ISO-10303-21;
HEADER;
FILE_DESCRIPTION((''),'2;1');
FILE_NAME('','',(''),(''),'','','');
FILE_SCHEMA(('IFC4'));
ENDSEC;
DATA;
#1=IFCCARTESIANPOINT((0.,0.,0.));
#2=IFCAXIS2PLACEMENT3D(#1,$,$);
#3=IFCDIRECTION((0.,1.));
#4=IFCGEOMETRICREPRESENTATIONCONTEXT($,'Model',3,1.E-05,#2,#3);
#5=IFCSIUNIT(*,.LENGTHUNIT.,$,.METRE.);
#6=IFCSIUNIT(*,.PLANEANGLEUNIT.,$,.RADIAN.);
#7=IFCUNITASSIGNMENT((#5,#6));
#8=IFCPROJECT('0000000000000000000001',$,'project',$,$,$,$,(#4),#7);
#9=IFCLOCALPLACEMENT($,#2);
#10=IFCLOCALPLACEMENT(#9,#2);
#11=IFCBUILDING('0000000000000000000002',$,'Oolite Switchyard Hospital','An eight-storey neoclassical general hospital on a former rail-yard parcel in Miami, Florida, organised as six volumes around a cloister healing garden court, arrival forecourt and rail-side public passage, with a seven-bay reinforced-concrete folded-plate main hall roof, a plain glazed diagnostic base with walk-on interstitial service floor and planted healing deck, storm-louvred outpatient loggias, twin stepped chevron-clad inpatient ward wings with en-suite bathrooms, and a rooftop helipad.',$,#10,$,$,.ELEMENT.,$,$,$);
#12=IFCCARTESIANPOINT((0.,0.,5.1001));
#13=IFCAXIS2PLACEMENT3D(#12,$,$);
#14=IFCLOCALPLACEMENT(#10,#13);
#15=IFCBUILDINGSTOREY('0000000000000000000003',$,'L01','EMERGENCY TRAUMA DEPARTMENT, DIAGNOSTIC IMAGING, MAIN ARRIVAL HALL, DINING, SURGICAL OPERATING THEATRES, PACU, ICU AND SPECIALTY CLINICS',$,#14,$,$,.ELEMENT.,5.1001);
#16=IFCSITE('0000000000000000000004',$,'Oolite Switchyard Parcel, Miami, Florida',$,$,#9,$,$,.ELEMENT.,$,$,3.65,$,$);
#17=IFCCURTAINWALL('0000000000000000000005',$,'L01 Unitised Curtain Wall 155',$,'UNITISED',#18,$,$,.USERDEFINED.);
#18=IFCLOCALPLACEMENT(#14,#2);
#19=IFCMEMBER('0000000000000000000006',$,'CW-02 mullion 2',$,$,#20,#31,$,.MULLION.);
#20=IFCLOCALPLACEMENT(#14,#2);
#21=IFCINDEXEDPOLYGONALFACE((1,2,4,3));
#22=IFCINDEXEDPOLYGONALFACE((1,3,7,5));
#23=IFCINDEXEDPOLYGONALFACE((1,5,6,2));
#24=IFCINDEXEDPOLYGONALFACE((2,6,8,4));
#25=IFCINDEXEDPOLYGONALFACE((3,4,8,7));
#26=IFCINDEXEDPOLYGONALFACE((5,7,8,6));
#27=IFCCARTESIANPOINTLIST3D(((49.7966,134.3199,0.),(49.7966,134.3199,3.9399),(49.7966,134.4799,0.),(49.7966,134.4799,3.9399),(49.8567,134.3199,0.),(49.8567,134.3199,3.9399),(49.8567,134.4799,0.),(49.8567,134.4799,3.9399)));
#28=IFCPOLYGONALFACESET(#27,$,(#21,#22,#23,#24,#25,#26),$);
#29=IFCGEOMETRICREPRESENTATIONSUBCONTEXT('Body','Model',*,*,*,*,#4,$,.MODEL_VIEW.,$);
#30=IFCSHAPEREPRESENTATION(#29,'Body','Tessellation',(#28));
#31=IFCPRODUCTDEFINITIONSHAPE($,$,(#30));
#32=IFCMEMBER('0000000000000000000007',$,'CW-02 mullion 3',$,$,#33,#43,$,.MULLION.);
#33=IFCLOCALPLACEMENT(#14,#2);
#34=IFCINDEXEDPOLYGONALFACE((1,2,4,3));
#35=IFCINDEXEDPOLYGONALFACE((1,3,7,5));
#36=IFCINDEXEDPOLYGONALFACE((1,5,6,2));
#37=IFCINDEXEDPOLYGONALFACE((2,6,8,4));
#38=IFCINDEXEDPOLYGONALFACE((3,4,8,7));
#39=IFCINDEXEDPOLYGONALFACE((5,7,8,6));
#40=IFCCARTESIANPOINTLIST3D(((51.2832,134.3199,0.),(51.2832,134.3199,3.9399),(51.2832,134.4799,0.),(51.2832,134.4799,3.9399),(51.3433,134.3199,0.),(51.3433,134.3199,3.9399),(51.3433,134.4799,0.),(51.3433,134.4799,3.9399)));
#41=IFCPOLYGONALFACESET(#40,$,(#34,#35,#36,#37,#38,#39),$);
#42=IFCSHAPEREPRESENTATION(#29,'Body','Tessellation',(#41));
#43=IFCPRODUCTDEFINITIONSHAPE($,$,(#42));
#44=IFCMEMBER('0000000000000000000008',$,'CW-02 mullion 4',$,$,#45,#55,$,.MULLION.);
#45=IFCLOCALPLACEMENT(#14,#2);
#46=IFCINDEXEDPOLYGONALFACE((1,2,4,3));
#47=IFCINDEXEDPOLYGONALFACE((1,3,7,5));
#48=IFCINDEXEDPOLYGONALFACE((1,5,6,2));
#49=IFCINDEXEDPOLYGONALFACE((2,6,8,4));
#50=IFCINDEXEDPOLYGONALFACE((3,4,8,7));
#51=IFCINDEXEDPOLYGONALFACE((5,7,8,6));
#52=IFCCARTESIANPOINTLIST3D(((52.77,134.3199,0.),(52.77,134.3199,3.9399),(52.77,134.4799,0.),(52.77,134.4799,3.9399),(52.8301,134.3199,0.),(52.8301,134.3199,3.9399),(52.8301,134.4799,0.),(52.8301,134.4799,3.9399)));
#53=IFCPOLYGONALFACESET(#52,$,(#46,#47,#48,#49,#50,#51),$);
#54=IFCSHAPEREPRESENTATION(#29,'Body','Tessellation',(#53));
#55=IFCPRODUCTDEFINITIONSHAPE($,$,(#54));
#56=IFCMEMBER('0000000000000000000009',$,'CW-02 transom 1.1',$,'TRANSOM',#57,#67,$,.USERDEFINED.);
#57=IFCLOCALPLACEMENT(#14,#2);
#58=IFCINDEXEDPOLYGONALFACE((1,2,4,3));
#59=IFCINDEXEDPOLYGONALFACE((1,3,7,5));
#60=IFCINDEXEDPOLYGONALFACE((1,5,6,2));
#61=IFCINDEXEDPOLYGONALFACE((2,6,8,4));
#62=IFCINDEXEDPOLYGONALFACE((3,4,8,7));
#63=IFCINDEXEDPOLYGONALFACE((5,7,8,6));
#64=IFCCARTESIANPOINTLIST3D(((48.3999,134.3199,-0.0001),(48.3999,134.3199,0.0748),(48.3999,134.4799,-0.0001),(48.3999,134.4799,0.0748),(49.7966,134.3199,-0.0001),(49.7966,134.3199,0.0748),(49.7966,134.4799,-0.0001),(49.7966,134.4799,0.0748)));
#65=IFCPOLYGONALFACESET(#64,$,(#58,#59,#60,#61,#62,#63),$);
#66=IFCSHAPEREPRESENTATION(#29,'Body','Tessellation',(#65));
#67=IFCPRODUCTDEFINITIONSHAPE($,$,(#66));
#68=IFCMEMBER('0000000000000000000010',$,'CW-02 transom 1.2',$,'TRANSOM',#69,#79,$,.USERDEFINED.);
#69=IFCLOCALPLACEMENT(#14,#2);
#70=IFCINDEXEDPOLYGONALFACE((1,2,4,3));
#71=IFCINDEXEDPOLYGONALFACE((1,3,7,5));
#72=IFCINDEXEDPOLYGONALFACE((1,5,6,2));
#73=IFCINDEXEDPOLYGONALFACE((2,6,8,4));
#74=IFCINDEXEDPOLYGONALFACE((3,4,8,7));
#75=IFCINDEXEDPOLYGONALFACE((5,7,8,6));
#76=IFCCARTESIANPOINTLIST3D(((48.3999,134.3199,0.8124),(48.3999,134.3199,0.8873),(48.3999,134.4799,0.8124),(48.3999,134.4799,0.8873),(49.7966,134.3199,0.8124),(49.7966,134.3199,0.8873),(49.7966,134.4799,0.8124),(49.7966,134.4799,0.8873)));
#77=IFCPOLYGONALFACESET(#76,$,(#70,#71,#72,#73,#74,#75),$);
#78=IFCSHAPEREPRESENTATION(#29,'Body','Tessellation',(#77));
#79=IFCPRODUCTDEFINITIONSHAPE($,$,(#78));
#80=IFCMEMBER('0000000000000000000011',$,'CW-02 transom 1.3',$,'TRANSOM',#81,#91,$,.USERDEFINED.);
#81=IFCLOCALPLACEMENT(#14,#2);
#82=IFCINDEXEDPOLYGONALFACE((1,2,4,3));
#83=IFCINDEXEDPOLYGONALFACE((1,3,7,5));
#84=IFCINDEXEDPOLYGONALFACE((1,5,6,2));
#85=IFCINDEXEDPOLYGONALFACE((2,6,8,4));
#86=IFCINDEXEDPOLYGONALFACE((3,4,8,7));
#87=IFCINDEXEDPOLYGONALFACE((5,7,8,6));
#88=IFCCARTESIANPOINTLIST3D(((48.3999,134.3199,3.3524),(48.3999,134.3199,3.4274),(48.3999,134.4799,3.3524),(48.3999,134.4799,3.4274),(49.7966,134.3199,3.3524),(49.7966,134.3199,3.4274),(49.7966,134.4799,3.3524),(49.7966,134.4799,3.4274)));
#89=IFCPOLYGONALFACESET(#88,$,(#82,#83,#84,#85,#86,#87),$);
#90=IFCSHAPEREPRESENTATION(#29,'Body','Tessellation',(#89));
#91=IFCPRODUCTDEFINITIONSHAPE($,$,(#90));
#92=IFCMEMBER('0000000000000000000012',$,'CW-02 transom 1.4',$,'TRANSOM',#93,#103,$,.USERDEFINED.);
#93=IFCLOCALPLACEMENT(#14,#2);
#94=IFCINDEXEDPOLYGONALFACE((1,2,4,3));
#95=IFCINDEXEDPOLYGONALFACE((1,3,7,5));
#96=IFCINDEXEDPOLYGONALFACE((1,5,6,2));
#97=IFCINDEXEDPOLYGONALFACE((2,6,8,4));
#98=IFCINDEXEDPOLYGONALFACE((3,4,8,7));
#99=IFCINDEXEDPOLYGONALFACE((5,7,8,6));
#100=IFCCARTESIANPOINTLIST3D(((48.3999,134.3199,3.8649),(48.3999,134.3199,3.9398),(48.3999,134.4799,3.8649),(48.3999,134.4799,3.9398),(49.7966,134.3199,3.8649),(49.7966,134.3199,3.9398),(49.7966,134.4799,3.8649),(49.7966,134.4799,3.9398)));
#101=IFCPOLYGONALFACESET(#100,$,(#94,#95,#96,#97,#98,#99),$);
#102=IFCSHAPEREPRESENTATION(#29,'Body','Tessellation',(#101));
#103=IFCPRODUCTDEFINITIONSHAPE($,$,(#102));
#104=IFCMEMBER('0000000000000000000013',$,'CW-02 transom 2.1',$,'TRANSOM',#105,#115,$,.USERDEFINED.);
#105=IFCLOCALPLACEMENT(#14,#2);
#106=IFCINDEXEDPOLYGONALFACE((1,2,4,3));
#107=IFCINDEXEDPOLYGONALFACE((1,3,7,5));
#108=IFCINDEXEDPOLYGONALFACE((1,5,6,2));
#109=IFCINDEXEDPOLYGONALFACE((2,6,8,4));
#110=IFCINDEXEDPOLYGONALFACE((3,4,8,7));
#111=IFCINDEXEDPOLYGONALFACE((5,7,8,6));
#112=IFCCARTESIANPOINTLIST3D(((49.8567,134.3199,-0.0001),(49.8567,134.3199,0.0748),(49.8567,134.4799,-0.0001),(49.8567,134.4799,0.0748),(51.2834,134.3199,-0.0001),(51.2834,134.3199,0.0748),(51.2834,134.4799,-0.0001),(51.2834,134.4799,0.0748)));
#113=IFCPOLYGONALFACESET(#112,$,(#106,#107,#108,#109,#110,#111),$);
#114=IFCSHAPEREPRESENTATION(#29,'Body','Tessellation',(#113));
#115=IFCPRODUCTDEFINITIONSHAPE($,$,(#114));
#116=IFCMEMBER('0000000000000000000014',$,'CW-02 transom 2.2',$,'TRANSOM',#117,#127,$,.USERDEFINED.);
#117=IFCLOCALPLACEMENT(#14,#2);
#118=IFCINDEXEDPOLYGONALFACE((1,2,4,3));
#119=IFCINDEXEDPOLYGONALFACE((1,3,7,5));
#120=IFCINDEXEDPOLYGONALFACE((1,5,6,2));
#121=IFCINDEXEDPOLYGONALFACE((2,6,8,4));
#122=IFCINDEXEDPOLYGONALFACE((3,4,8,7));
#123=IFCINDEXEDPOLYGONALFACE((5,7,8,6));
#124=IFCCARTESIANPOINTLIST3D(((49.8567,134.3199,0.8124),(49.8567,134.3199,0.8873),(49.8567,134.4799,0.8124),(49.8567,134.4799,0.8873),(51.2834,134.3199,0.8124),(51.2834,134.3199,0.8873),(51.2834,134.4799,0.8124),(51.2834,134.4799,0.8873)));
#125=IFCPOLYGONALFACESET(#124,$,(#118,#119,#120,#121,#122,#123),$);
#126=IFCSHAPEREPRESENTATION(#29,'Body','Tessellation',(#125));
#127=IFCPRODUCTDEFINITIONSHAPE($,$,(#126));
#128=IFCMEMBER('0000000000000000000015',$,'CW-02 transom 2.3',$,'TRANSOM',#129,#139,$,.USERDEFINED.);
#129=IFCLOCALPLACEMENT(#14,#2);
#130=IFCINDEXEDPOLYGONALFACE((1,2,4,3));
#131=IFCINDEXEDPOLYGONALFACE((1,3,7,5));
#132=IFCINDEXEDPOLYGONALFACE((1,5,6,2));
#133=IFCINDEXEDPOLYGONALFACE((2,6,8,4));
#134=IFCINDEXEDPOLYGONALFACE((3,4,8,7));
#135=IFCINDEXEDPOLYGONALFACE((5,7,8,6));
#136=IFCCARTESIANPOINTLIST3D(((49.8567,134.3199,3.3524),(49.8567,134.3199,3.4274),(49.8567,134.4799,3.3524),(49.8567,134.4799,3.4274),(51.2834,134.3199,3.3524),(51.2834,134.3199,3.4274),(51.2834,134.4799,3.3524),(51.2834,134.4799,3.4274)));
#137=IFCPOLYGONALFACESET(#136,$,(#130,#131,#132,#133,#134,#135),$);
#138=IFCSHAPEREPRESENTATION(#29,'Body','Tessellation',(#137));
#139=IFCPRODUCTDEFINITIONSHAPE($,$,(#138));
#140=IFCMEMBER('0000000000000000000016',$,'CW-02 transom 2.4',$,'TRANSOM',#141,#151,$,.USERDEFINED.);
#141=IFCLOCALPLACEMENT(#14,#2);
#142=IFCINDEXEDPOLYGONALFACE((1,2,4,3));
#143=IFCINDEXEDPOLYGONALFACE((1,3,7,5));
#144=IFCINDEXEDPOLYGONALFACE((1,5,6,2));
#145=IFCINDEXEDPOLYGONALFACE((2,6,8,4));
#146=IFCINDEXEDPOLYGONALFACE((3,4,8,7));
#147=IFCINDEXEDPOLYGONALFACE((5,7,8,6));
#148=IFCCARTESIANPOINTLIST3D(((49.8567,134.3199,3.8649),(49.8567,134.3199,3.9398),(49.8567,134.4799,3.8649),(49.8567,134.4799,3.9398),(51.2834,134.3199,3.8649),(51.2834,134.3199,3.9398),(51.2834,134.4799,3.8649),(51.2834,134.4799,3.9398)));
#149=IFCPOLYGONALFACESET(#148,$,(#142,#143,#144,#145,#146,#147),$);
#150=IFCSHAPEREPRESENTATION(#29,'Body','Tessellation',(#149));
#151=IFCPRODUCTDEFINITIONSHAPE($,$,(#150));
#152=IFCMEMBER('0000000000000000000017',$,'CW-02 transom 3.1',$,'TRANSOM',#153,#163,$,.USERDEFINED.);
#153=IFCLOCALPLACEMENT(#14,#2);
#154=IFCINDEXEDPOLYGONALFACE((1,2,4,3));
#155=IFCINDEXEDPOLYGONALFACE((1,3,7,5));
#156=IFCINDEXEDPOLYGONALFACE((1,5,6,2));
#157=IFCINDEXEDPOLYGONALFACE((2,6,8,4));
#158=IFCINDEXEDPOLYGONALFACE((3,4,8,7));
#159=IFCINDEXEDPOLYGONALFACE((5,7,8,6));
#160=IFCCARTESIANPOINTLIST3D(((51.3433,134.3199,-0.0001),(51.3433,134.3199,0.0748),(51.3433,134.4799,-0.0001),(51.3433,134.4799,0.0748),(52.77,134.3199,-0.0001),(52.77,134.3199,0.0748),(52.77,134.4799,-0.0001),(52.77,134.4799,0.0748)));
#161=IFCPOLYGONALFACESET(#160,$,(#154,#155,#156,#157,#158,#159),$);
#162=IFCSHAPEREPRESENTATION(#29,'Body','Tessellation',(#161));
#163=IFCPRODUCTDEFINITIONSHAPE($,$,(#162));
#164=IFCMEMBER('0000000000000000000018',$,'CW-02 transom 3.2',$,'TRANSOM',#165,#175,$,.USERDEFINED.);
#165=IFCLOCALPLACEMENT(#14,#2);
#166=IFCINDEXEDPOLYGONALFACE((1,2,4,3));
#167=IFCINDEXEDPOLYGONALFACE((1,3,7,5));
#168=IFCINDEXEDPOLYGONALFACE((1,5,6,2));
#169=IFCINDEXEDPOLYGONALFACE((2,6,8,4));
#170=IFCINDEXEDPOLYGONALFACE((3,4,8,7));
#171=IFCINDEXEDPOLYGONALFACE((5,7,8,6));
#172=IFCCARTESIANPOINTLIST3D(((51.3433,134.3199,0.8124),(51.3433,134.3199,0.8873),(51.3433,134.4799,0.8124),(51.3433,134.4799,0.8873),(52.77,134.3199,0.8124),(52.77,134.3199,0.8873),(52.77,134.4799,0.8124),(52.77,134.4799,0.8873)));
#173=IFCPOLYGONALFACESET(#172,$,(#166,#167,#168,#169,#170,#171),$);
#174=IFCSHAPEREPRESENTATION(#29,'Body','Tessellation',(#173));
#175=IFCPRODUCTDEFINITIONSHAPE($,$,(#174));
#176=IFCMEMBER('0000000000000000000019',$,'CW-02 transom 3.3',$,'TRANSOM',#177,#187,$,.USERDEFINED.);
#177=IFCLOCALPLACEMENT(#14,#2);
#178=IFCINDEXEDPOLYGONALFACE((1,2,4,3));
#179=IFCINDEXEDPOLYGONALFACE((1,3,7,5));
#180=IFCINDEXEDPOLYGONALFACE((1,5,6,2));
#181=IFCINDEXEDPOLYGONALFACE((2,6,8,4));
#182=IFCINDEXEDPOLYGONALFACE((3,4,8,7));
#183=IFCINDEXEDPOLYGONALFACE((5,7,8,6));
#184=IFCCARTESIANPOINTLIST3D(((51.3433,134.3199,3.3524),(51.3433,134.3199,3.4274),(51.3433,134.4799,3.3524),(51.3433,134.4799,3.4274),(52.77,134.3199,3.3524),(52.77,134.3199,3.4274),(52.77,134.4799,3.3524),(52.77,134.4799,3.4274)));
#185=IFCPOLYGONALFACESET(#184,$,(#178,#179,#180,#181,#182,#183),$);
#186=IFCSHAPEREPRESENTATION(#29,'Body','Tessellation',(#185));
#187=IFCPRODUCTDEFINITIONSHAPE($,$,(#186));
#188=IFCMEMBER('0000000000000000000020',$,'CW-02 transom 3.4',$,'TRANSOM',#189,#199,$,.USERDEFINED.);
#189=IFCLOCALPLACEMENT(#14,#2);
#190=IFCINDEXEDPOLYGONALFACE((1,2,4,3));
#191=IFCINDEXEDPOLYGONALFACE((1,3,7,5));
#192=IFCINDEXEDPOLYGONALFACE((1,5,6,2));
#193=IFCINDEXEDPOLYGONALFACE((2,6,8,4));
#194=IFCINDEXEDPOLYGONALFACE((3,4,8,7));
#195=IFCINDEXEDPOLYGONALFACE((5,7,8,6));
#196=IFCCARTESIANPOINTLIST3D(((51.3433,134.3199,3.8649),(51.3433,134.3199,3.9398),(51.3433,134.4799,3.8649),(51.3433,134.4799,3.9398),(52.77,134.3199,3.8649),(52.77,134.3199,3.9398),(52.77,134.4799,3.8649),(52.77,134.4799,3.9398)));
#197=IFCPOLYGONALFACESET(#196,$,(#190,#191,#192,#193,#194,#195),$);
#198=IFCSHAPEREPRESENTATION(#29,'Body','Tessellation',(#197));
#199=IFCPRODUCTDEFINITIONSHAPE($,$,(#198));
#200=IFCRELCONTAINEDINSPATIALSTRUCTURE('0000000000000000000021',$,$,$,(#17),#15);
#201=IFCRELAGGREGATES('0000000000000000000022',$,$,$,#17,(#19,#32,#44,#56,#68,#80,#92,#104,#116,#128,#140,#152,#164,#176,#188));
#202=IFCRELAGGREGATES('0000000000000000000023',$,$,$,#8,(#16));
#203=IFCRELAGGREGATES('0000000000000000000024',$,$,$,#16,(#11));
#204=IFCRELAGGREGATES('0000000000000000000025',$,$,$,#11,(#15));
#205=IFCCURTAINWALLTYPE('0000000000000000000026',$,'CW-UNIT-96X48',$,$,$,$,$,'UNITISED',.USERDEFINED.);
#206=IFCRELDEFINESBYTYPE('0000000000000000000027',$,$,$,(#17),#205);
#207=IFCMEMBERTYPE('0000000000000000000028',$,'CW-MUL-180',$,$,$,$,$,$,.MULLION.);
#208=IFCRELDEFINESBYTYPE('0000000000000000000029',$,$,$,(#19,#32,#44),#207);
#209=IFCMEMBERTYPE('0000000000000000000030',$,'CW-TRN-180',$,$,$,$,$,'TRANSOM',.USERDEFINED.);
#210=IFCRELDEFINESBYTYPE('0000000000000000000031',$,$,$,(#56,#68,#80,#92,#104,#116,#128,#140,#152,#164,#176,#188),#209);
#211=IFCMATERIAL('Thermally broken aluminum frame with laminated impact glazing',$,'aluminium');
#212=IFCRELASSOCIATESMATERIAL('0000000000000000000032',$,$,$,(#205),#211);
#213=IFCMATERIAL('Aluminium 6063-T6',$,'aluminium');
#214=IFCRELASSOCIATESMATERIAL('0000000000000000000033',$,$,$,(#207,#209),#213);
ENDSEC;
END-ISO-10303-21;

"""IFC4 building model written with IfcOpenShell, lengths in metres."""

from ifc_helpers import new_model, si_unit, direction, frame, origin, origin_2d, place, context, subcontext, project, spatial, rectangle, extrude, material, material_profile, profile_set, type_object, element, aggregate, save


model = new_model("IFC4")

# Units and contexts
model_context = context("Model", 3, precision=1e-05, world=origin(), true_north=direction((0.0, 1.0)))
body_context = subcontext(model_context, "Body", "Model", "MODEL_VIEW")
ifc_project = project(units=[si_unit("LENGTHUNIT", "METRE"), si_unit("PLANEANGLEUNIT", "RADIAN")], contexts=[model_context])

# Site, building, storey
site_placement = place(None, origin())
site = spatial("IfcSite", under=ifc_project, at=site_placement, Name="Oolite Switchyard Parcel, Miami, Florida", CompositionType="ELEMENT", RefElevation=3.65)
building_placement = place(site_placement, origin())
building = spatial("IfcBuilding", under=site, at=building_placement, Name="Oolite Switchyard Hospital", Description="An eight-storey neoclassical general hospital on a former rail-yard parcel in Miami, Florida, organised as six volumes around a cloister healing garden court, arrival forecourt and rail-side public passage, with a seven-bay reinforced-concrete folded-plate main hall roof, a plain glazed diagnostic base with walk-on interstitial service floor and planted healing deck, storm-louvred outpatient loggias, twin stepped chevron-clad inpatient ward wings with en-suite bathrooms, and a rooftop helipad.", CompositionType="ELEMENT")
storey_placement = place(building_placement, frame((0.0, 0.0, 5.1001)))
storey = spatial("IfcBuildingStorey", under=building, at=storey_placement, Name="L01", Description="EMERGENCY TRAUMA DEPARTMENT, DIAGNOSTIC IMAGING, MAIN ARRIVAL HALL, DINING, SURGICAL OPERATING THEATRES, PACU, ICU AND SPECIALTY CLINICS", CompositionType="ELEMENT", Elevation=5.1001)

# Curtain wall, members
ifc_material_1 = material(Name="Thermally broken aluminum frame with laminated impact glazing", Category="aluminium")
curtain_wall_type = type_object("IfcCurtainWallType", Name="CW-UNIT-96X48", ElementType="UNITISED", PredefinedType="USERDEFINED", material=ifc_material_1)
curtain_wall_placement = place(storey_placement, origin())
curtain_wall = element("IfcCurtainWall", 1, at=curtain_wall_placement, inside=storey, type_object=curtain_wall_type, Name="L01 Unitised Curtain Wall 155", ObjectType="UNITISED", PredefinedType="USERDEFINED")
ifc_material_2 = material(Name="Aluminium 6063-T6", Category="aluminium")
ifc_material_profile_1 = material_profile(ifc_material_2, rectangle(XDim=0.1599, YDim=0.0601, at=origin_2d()), Name="CWM60X160")
ifc_profile_set_1 = profile_set([ifc_material_profile_1], Name="Aluminium 6063-T6")
member_type_1 = type_object("IfcMemberType", Name="CW-MUL-180", PredefinedType="MULLION", material=ifc_profile_set_1)
member_1_placement = place(storey_placement, frame((49.8267, 134.3999, 0.0), z_axis=(0.0, 0.0, 1.0), x_axis=(0.0, 1.0, 0.0)))
member_1 = element("IfcMember", 2, at=member_1_placement, type_object=member_type_1, Name="CW-02 mullion 2", PredefinedType="MULLION", context=body_context, shape_type="SweptSolid", body=[
    extrude(rectangle(XDim=0.1599, YDim=0.0601, at=origin_2d()), origin(), (0.0, 0.0, 1.0), 3.9399),
])
member_2_placement = place(storey_placement, frame((51.3132, 134.3999, 0.0), z_axis=(0.0, 0.0, 1.0), x_axis=(0.0, 1.0, 0.0)))
member_2 = element("IfcMember", 3, at=member_2_placement, type_object=member_type_1, Name="CW-02 mullion 3", PredefinedType="MULLION", context=body_context, shape_type="SweptSolid", body=[
    extrude(rectangle(XDim=0.1599, YDim=0.0601, at=origin_2d()), origin(), (0.0, 0.0, 1.0), 3.9399),
])
member_3_placement = place(storey_placement, frame((52.8, 134.3999, 0.0), z_axis=(0.0, 0.0, 1.0), x_axis=(0.0, 1.0, 0.0)))
member_3 = element("IfcMember", 4, at=member_3_placement, type_object=member_type_1, Name="CW-02 mullion 4", PredefinedType="MULLION", context=body_context, shape_type="SweptSolid", body=[
    extrude(rectangle(XDim=0.1599, YDim=0.0601, at=origin_2d()), origin(), (0.0, 0.0, 1.0), 3.9399),
])
ifc_material_profile_2 = material_profile(ifc_material_2, rectangle(XDim=0.1599, YDim=0.075, at=origin_2d()), Name="CWT75X160")
ifc_profile_set_2 = profile_set([ifc_material_profile_2], Name="Aluminium 6063-T6")
member_type_2 = type_object("IfcMemberType", Name="CW-TRN-180", ElementType="TRANSOM", PredefinedType="USERDEFINED", material=ifc_profile_set_2)
member_4_placement = place(storey_placement, frame((48.3999, 134.3999, 0.0374), z_axis=(1.0, 0.0, 0.0), x_axis=(0.0, 1.0, 0.0)))
member_4 = element("IfcMember", 5, at=member_4_placement, type_object=member_type_2, Name="CW-02 transom 1.1", ObjectType="TRANSOM", PredefinedType="USERDEFINED", context=body_context, shape_type="SweptSolid", body=[
    extrude(rectangle(XDim=0.1599, YDim=0.075, at=origin_2d()), origin(), (0.0, 0.0, 1.0), 1.3967),
])
member_5_placement = place(storey_placement, frame((48.3999, 134.3999, 0.8499), z_axis=(1.0, 0.0, 0.0), x_axis=(0.0, 1.0, 0.0)))
member_5 = element("IfcMember", 6, at=member_5_placement, type_object=member_type_2, Name="CW-02 transom 1.2", ObjectType="TRANSOM", PredefinedType="USERDEFINED", context=body_context, shape_type="SweptSolid", body=[
    extrude(rectangle(XDim=0.1599, YDim=0.075, at=origin_2d()), origin(), (0.0, 0.0, 1.0), 1.3967),
])
member_6_placement = place(storey_placement, frame((48.3999, 134.3999, 3.3899), z_axis=(1.0, 0.0, 0.0), x_axis=(0.0, 1.0, 0.0)))
member_6 = element("IfcMember", 7, at=member_6_placement, type_object=member_type_2, Name="CW-02 transom 1.3", ObjectType="TRANSOM", PredefinedType="USERDEFINED", context=body_context, shape_type="SweptSolid", body=[
    extrude(rectangle(XDim=0.1599, YDim=0.075, at=origin_2d()), origin(), (0.0, 0.0, 1.0), 1.3967),
])
member_7_placement = place(storey_placement, frame((48.3999, 134.3999, 3.9023), z_axis=(1.0, 0.0, 0.0), x_axis=(0.0, 1.0, 0.0)))
member_7 = element("IfcMember", 8, at=member_7_placement, type_object=member_type_2, Name="CW-02 transom 1.4", ObjectType="TRANSOM", PredefinedType="USERDEFINED", context=body_context, shape_type="SweptSolid", body=[
    extrude(rectangle(XDim=0.1599, YDim=0.075, at=origin_2d()), origin(), (0.0, 0.0, 1.0), 1.3967),
])
member_8_placement = place(storey_placement, frame((49.8567, 134.3999, 0.0374), z_axis=(1.0, 0.0, 0.0), x_axis=(0.0, 1.0, 0.0)))
member_8 = element("IfcMember", 9, at=member_8_placement, type_object=member_type_2, Name="CW-02 transom 2.1", ObjectType="TRANSOM", PredefinedType="USERDEFINED", context=body_context, shape_type="SweptSolid", body=[
    extrude(rectangle(XDim=0.1599, YDim=0.075, at=origin_2d()), origin(), (0.0, 0.0, 1.0), 1.4268),
])
member_9_placement = place(storey_placement, frame((49.8567, 134.3999, 0.8499), z_axis=(1.0, 0.0, 0.0), x_axis=(0.0, 1.0, 0.0)))
member_9 = element("IfcMember", 10, at=member_9_placement, type_object=member_type_2, Name="CW-02 transom 2.2", ObjectType="TRANSOM", PredefinedType="USERDEFINED", context=body_context, shape_type="SweptSolid", body=[
    extrude(rectangle(XDim=0.1599, YDim=0.075, at=origin_2d()), origin(), (0.0, 0.0, 1.0), 1.4268),
])
member_10_placement = place(storey_placement, frame((49.8567, 134.3999, 3.3899), z_axis=(1.0, 0.0, 0.0), x_axis=(0.0, 1.0, 0.0)))
member_10 = element("IfcMember", 11, at=member_10_placement, type_object=member_type_2, Name="CW-02 transom 2.3", ObjectType="TRANSOM", PredefinedType="USERDEFINED", context=body_context, shape_type="SweptSolid", body=[
    extrude(rectangle(XDim=0.1599, YDim=0.075, at=origin_2d()), origin(), (0.0, 0.0, 1.0), 1.4268),
])
member_11_placement = place(storey_placement, frame((49.8567, 134.3999, 3.9023), z_axis=(1.0, 0.0, 0.0), x_axis=(0.0, 1.0, 0.0)))
member_11 = element("IfcMember", 12, at=member_11_placement, type_object=member_type_2, Name="CW-02 transom 2.4", ObjectType="TRANSOM", PredefinedType="USERDEFINED", context=body_context, shape_type="SweptSolid", body=[
    extrude(rectangle(XDim=0.1599, YDim=0.075, at=origin_2d()), origin(), (0.0, 0.0, 1.0), 1.4268),
])
member_12_placement = place(storey_placement, frame((51.3433, 134.3999, 0.0374), z_axis=(1.0, 0.0, 0.0), x_axis=(0.0, 1.0, 0.0)))
member_12 = element("IfcMember", 13, at=member_12_placement, type_object=member_type_2, Name="CW-02 transom 3.1", ObjectType="TRANSOM", PredefinedType="USERDEFINED", context=body_context, shape_type="SweptSolid", body=[
    extrude(rectangle(XDim=0.1599, YDim=0.075, at=origin_2d()), origin(), (0.0, 0.0, 1.0), 1.4268),
])
member_13_placement = place(storey_placement, frame((51.3433, 134.3999, 0.8499), z_axis=(1.0, 0.0, 0.0), x_axis=(0.0, 1.0, 0.0)))
member_13 = element("IfcMember", 14, at=member_13_placement, type_object=member_type_2, Name="CW-02 transom 3.2", ObjectType="TRANSOM", PredefinedType="USERDEFINED", context=body_context, shape_type="SweptSolid", body=[
    extrude(rectangle(XDim=0.1599, YDim=0.075, at=origin_2d()), origin(), (0.0, 0.0, 1.0), 1.4268),
])
member_14_placement = place(storey_placement, frame((51.3433, 134.3999, 3.3899), z_axis=(1.0, 0.0, 0.0), x_axis=(0.0, 1.0, 0.0)))
member_14 = element("IfcMember", 15, at=member_14_placement, type_object=member_type_2, Name="CW-02 transom 3.3", ObjectType="TRANSOM", PredefinedType="USERDEFINED", context=body_context, shape_type="SweptSolid", body=[
    extrude(rectangle(XDim=0.1599, YDim=0.075, at=origin_2d()), origin(), (0.0, 0.0, 1.0), 1.4268),
])
member_15_placement = place(storey_placement, frame((51.3433, 134.3999, 3.9023), z_axis=(1.0, 0.0, 0.0), x_axis=(0.0, 1.0, 0.0)))
member_15 = element("IfcMember", 16, at=member_15_placement, type_object=member_type_2, Name="CW-02 transom 3.4", ObjectType="TRANSOM", PredefinedType="USERDEFINED", context=body_context, shape_type="SweptSolid", body=[
    extrude(rectangle(XDim=0.1599, YDim=0.075, at=origin_2d()), origin(), (0.0, 0.0, 1.0), 1.4268),
])
aggregate(curtain_wall, [member_1, member_2, member_3, member_4, member_5, member_6, member_7, member_8, member_9, member_10, member_11, member_12, member_13, member_14, member_15])

save(model, "model.ifc")
